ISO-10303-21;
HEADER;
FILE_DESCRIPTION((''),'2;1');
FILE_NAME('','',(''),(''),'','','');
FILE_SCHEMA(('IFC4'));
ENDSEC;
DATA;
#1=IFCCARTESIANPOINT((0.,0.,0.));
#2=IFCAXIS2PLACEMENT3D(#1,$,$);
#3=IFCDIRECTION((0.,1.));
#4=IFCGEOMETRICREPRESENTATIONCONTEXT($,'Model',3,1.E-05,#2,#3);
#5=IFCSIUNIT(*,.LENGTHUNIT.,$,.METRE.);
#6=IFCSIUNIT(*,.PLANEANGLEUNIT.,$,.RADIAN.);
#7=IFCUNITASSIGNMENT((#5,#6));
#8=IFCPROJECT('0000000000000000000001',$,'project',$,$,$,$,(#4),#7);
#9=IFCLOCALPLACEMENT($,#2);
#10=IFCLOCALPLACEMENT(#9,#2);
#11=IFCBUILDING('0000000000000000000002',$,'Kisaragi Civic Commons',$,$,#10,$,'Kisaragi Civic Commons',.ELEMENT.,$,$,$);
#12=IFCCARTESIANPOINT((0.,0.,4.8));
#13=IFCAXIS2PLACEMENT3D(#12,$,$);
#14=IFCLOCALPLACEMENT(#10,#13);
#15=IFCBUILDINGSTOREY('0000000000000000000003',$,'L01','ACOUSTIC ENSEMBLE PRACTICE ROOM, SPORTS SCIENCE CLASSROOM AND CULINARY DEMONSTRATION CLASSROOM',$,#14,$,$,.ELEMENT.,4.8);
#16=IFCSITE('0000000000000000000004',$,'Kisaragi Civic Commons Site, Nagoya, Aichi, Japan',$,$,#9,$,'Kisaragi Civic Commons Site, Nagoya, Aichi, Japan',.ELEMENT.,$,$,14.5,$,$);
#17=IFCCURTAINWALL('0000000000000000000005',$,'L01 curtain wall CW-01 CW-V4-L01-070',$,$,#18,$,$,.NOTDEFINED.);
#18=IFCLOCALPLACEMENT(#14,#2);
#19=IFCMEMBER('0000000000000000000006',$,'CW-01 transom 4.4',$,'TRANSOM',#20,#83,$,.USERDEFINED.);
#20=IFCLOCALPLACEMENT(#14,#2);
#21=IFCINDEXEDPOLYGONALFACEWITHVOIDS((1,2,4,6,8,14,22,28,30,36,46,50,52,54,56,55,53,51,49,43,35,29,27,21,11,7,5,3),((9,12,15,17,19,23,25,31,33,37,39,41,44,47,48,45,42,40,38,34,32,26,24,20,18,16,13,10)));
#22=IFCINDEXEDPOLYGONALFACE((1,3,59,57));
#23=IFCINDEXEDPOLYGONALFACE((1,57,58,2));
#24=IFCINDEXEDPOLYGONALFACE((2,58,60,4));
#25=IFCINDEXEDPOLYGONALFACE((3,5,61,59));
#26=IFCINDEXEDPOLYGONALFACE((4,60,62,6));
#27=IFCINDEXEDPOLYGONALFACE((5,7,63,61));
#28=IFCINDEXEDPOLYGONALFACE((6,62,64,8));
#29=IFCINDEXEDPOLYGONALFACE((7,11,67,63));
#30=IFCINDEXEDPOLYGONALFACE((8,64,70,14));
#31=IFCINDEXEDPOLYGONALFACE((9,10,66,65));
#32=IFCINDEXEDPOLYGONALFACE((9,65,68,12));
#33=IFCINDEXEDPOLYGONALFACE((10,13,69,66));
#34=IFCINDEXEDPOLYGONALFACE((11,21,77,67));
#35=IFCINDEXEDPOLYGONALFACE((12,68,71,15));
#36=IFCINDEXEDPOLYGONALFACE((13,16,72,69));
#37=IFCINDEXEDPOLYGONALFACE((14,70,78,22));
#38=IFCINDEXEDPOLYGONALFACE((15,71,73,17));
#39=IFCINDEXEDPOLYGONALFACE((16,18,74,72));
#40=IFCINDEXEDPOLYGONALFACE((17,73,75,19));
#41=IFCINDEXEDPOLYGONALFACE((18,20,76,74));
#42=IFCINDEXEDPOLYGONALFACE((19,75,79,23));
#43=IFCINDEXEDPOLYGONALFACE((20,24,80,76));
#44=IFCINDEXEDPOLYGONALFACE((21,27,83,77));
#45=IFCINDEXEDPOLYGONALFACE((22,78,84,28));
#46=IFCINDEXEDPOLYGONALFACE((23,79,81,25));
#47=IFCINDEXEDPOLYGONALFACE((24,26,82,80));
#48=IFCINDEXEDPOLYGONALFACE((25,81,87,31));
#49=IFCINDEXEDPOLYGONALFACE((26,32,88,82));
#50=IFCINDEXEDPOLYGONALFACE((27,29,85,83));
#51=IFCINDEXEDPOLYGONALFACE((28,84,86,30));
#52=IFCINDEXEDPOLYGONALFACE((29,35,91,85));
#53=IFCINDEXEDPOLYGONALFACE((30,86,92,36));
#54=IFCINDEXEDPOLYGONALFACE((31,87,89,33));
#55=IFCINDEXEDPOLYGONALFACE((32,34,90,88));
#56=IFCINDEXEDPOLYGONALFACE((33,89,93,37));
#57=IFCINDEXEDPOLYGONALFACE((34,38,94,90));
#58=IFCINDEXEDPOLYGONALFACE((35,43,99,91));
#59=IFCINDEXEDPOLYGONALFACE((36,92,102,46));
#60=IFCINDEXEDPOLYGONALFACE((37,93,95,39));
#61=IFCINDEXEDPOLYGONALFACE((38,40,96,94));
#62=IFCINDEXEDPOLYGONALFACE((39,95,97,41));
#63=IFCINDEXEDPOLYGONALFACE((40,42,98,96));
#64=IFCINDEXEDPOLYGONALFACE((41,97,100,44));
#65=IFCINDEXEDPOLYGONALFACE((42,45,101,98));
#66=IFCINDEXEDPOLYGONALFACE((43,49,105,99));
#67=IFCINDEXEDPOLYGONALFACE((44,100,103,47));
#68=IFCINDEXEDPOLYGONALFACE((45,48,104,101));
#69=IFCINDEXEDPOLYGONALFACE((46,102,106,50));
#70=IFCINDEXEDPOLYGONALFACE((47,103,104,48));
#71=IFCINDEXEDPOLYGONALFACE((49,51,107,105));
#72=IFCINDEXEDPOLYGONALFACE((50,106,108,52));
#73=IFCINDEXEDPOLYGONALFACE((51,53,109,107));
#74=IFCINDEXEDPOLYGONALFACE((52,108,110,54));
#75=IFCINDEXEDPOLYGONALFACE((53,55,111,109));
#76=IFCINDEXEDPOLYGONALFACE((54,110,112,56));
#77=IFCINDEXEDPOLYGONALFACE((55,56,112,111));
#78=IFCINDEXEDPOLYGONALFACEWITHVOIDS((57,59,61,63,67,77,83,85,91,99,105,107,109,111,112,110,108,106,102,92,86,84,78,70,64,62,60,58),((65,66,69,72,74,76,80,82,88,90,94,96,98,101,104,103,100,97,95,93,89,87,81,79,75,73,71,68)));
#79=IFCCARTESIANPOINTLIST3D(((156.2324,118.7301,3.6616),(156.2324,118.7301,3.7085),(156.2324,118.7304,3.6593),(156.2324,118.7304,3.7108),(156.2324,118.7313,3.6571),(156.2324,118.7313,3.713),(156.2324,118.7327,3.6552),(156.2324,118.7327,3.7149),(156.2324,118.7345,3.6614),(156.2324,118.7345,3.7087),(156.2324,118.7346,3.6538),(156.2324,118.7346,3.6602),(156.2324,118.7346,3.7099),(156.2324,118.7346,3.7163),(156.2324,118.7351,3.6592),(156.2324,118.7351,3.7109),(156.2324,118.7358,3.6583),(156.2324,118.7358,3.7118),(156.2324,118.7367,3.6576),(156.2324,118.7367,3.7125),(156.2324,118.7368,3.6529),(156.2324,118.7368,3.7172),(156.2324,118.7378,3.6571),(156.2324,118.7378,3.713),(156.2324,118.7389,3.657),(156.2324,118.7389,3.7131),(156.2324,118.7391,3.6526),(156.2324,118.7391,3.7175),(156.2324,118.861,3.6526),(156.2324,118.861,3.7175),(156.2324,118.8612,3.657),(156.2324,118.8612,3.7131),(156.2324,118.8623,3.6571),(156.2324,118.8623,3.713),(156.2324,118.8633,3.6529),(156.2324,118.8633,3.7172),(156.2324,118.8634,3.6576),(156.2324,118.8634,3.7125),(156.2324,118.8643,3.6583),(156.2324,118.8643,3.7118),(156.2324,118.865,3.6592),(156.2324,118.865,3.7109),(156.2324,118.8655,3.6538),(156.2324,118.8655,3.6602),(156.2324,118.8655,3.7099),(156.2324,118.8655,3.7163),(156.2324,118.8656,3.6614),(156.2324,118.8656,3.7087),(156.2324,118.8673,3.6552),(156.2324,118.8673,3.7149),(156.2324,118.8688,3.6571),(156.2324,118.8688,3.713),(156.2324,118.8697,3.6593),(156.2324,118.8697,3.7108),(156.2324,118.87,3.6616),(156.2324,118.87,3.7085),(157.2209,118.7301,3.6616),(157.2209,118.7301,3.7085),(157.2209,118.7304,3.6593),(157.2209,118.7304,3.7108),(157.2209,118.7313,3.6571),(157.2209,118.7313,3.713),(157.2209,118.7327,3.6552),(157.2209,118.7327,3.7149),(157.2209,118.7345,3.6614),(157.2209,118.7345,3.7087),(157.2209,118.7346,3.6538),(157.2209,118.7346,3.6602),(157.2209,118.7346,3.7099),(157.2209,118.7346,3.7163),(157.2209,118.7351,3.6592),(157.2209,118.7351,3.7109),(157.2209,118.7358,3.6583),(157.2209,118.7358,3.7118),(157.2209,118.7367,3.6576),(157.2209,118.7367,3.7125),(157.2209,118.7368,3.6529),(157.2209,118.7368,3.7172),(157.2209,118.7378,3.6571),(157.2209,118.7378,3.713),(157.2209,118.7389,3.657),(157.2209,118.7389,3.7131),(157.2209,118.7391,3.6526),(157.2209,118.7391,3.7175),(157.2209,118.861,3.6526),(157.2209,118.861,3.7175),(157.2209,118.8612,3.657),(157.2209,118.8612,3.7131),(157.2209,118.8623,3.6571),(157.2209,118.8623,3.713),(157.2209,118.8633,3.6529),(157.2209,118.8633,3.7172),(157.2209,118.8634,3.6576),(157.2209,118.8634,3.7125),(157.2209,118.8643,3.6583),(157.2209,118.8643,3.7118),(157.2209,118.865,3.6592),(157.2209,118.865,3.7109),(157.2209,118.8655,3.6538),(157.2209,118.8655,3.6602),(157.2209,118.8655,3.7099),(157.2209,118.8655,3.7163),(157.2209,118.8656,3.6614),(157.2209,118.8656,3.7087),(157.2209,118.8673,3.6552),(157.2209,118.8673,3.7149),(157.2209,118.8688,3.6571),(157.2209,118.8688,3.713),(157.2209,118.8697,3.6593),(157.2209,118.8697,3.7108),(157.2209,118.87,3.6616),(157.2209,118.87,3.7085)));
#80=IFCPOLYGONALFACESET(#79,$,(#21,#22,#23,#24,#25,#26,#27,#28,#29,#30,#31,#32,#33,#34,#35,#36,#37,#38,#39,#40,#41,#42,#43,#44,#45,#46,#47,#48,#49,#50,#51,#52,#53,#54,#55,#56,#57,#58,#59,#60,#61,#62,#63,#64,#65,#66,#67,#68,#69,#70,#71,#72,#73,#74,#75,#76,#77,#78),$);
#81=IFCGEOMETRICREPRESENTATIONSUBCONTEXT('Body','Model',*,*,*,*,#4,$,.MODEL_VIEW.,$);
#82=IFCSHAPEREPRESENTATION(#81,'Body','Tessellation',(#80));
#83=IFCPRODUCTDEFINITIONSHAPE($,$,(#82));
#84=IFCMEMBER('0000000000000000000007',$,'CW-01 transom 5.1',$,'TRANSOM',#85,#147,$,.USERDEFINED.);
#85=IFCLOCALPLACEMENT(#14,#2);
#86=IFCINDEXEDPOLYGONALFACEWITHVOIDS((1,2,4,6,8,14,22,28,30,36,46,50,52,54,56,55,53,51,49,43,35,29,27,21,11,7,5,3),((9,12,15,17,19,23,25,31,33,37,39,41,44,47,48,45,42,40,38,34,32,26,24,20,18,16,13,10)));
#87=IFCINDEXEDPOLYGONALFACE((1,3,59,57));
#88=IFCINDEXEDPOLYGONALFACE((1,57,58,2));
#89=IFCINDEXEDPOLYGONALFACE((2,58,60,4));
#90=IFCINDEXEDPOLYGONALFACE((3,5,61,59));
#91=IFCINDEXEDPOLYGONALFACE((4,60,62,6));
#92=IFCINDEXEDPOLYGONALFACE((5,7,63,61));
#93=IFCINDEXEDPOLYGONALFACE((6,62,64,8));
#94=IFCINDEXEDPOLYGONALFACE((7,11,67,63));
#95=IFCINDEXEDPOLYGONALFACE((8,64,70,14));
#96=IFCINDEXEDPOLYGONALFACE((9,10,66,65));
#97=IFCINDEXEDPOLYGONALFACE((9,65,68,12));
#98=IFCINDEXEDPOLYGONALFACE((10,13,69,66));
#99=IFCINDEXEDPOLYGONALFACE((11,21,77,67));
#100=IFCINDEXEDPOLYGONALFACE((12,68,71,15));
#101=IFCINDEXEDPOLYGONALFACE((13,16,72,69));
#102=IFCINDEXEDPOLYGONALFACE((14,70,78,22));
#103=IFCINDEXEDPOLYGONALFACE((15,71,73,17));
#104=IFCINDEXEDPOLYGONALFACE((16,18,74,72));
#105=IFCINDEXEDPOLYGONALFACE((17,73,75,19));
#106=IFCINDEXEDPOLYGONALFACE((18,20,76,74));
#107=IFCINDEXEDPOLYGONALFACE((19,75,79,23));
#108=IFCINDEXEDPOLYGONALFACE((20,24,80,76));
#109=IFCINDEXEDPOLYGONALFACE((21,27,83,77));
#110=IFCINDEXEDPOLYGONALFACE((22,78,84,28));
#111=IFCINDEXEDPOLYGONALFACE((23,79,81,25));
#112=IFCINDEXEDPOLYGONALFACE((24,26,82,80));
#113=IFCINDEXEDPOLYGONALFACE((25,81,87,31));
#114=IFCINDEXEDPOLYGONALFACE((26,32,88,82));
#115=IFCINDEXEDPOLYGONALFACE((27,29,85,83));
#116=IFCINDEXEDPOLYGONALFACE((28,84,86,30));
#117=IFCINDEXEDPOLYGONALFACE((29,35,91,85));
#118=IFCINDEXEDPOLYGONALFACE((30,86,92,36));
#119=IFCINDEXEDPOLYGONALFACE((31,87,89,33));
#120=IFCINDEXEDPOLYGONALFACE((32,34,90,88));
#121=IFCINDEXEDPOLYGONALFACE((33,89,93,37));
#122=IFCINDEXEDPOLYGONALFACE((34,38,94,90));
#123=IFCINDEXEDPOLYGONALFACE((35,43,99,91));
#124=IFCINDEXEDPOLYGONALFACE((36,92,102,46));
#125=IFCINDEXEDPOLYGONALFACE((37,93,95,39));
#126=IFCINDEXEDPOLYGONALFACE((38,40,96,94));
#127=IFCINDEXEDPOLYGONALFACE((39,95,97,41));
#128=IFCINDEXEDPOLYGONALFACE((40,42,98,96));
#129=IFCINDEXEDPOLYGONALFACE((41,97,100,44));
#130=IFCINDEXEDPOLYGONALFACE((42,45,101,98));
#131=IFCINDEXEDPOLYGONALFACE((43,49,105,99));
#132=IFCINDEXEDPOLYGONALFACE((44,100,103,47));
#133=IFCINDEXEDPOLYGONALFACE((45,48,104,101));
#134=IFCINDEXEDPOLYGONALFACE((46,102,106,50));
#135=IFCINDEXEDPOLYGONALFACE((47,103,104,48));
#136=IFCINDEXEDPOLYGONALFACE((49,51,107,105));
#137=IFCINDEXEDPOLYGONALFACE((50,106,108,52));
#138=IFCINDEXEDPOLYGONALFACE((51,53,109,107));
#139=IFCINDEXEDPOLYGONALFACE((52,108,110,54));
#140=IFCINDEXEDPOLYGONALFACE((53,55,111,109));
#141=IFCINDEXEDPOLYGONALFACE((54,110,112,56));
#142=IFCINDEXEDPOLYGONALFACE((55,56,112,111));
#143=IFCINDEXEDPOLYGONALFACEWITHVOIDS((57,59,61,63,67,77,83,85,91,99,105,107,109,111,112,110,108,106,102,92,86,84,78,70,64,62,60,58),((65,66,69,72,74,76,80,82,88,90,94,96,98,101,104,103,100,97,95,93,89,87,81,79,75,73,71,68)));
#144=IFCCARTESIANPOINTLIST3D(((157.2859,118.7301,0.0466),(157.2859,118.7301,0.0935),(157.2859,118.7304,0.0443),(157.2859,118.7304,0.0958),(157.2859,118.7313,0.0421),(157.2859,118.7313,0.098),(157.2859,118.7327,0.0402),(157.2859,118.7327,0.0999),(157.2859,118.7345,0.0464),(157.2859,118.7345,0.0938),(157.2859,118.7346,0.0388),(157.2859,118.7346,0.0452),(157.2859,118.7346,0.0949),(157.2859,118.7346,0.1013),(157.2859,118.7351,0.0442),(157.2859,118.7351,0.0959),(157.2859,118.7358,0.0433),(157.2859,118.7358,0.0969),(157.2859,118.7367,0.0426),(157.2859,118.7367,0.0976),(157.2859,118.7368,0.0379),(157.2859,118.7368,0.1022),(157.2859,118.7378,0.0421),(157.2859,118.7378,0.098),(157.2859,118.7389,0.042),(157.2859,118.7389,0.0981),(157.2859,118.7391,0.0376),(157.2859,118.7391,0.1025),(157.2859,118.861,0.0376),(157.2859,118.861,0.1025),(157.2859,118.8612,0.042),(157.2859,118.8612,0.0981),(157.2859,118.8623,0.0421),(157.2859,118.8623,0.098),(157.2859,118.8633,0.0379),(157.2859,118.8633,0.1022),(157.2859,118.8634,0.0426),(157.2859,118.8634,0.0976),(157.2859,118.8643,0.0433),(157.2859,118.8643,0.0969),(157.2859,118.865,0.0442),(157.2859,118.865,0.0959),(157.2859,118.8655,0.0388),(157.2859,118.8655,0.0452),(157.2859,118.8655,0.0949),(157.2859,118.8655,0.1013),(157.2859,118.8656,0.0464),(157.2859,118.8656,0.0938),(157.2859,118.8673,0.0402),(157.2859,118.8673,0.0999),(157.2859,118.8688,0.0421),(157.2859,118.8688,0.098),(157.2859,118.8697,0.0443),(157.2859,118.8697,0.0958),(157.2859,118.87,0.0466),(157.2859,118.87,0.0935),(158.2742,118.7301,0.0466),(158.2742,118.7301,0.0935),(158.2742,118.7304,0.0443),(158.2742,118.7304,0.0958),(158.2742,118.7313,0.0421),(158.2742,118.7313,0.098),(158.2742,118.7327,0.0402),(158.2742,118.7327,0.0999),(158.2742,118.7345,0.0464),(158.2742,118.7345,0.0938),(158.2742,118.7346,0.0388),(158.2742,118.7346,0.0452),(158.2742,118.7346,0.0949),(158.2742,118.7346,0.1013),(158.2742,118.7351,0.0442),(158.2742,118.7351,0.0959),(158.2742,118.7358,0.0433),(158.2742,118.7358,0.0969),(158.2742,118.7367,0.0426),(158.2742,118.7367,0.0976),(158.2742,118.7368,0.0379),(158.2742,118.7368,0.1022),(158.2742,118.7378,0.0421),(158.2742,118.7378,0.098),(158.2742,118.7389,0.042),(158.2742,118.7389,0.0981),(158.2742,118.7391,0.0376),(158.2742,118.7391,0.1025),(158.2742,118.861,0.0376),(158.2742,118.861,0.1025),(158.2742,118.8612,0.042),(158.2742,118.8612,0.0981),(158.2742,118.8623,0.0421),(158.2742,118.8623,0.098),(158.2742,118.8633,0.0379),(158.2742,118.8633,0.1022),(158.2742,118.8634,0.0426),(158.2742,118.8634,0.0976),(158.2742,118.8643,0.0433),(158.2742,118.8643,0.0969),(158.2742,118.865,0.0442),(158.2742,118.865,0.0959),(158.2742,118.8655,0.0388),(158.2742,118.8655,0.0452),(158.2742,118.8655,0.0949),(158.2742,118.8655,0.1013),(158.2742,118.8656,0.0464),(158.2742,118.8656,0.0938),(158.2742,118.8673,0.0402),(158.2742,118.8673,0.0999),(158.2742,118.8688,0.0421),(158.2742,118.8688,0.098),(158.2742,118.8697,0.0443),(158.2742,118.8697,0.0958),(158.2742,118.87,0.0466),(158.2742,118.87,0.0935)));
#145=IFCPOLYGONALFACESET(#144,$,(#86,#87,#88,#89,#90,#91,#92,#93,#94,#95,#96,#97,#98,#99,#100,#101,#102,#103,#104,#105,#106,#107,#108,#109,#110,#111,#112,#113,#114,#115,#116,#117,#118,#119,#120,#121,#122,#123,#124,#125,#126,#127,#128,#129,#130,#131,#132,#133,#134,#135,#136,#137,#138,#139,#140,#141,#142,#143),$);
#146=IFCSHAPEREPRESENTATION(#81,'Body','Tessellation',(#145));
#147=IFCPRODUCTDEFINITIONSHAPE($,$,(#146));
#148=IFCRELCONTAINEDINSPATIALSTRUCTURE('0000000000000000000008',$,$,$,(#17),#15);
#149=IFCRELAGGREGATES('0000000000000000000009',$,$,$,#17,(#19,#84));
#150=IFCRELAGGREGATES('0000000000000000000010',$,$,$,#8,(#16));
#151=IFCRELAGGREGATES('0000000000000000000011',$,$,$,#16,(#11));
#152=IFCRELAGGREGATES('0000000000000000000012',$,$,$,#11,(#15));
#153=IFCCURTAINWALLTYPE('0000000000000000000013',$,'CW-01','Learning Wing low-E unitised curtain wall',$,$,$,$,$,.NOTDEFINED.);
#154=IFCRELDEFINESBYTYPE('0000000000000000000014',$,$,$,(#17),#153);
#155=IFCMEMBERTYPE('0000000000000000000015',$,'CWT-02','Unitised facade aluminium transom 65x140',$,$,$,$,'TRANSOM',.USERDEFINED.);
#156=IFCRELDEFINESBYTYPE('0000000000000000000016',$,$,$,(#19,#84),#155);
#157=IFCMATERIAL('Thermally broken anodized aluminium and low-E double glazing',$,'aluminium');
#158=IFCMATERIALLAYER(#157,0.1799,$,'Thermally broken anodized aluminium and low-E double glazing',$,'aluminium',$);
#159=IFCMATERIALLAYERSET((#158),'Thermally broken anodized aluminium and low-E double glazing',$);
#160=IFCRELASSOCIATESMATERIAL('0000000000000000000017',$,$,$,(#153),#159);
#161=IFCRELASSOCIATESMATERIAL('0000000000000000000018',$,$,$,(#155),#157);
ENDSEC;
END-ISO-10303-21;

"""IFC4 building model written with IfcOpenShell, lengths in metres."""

from ifc_helpers import new_model, si_unit, direction, frame, origin, origin_2d, place, context, subcontext, project, spatial, hollow_rectangle, extrude, material, layer, layer_set, material_profile, profile_set, type_object, element, aggregate, save


model = new_model("IFC4")

# Units and contexts
model_context = context("Model", 3, precision=1e-05, world=origin(), true_north=direction((0.0, 1.0)))
body_context = subcontext(model_context, "Body", "Model", "MODEL_VIEW")
ifc_project = project(units=[si_unit("LENGTHUNIT", "METRE"), si_unit("PLANEANGLEUNIT", "RADIAN")], contexts=[model_context])

# Site, building, storey
site_placement = place(None, origin())
site = spatial("IfcSite", under=ifc_project, at=site_placement, Name="Kisaragi Civic Commons Site, Nagoya, Aichi, Japan", LongName="Kisaragi Civic Commons Site, Nagoya, Aichi, Japan", CompositionType="ELEMENT", RefElevation=14.5)
building_placement = place(site_placement, origin())
building = spatial("IfcBuilding", under=site, at=building_placement, Name="Kisaragi Civic Commons", LongName="Kisaragi Civic Commons", CompositionType="ELEMENT")
storey_placement = place(building_placement, frame((0.0, 0.0, 4.8)))
storey = spatial("IfcBuildingStorey", under=building, at=storey_placement, Name="L01", Description="ACOUSTIC ENSEMBLE PRACTICE ROOM, SPORTS SCIENCE CLASSROOM AND CULINARY DEMONSTRATION CLASSROOM", CompositionType="ELEMENT", Elevation=4.8)

# Curtain wall, members
ifc_material = material(Name="Thermally broken anodized aluminium and low-E double glazing", Category="aluminium")
ifc_layer_1 = layer(ifc_material, 0.1799, Name="Thermally broken anodized aluminium and low-E double glazing", Category="aluminium")
ifc_layer_set_1 = layer_set([ifc_layer_1], Name="Thermally broken anodized aluminium and low-E double glazing")
curtain_wall_type = type_object("IfcCurtainWallType", Name="CW-01", Description="Learning Wing low-E unitised curtain wall", PredefinedType="NOTDEFINED", material=ifc_layer_set_1)
curtain_wall_placement = place(storey_placement, origin())
curtain_wall = element("IfcCurtainWall", 1, at=curtain_wall_placement, inside=storey, type_object=curtain_wall_type, Name="L01 curtain wall CW-01 CW-V4-L01-070", PredefinedType="NOTDEFINED")
ifc_material_profile_1 = material_profile(ifc_material, hollow_rectangle(XDim=0.1399, YDim=0.0649, WallThickness=0.0044, InnerFilletRadius=0.0044, OuterFilletRadius=0.009, at=origin_2d()), Name="CWT-65x140x4.5", Category="aluminium")
ifc_profile_set_1 = profile_set([ifc_material_profile_1], Name="Thermally broken anodized aluminium and low-E double glazing")
member_type_1 = type_object("IfcMemberType", Name="CWT-02", Description="Unitised facade aluminium transom 65x140", ElementType="TRANSOM", PredefinedType="USERDEFINED", material=ifc_profile_set_1)
member_1_placement = place(storey_placement, frame((156.2324, 118.8, 3.6851), z_axis=(1.0, 0.0, 0.0), x_axis=(0.0, 1.0, 0.0)))
member_1 = element("IfcMember", 2, at=member_1_placement, type_object=member_type_1, Name="CW-01 transom 4.4", ObjectType="TRANSOM", PredefinedType="USERDEFINED", context=body_context, shape_type="SweptSolid", body=[
    extrude(hollow_rectangle(XDim=0.1399, YDim=0.0649, WallThickness=0.0044, InnerFilletRadius=0.0044, OuterFilletRadius=0.009, at=origin_2d()), origin(), (0.0, 0.0, 1.0), 0.9885),
])
member_2_placement = place(storey_placement, frame((157.2859, 118.8, 0.0701), z_axis=(1.0, 0.0, 0.0), x_axis=(0.0, 1.0, 0.0)))
member_2 = element("IfcMember", 3, at=member_2_placement, type_object=member_type_1, Name="CW-01 transom 5.1", ObjectType="TRANSOM", PredefinedType="USERDEFINED", context=body_context, shape_type="SweptSolid", body=[
    extrude(hollow_rectangle(XDim=0.1399, YDim=0.0649, WallThickness=0.0044, InnerFilletRadius=0.0044, OuterFilletRadius=0.009, at=origin_2d()), origin(), (0.0, 0.0, 1.0), 0.9883),
])
aggregate(curtain_wall, [member_1, member_2])

save(model, "model.ifc")
